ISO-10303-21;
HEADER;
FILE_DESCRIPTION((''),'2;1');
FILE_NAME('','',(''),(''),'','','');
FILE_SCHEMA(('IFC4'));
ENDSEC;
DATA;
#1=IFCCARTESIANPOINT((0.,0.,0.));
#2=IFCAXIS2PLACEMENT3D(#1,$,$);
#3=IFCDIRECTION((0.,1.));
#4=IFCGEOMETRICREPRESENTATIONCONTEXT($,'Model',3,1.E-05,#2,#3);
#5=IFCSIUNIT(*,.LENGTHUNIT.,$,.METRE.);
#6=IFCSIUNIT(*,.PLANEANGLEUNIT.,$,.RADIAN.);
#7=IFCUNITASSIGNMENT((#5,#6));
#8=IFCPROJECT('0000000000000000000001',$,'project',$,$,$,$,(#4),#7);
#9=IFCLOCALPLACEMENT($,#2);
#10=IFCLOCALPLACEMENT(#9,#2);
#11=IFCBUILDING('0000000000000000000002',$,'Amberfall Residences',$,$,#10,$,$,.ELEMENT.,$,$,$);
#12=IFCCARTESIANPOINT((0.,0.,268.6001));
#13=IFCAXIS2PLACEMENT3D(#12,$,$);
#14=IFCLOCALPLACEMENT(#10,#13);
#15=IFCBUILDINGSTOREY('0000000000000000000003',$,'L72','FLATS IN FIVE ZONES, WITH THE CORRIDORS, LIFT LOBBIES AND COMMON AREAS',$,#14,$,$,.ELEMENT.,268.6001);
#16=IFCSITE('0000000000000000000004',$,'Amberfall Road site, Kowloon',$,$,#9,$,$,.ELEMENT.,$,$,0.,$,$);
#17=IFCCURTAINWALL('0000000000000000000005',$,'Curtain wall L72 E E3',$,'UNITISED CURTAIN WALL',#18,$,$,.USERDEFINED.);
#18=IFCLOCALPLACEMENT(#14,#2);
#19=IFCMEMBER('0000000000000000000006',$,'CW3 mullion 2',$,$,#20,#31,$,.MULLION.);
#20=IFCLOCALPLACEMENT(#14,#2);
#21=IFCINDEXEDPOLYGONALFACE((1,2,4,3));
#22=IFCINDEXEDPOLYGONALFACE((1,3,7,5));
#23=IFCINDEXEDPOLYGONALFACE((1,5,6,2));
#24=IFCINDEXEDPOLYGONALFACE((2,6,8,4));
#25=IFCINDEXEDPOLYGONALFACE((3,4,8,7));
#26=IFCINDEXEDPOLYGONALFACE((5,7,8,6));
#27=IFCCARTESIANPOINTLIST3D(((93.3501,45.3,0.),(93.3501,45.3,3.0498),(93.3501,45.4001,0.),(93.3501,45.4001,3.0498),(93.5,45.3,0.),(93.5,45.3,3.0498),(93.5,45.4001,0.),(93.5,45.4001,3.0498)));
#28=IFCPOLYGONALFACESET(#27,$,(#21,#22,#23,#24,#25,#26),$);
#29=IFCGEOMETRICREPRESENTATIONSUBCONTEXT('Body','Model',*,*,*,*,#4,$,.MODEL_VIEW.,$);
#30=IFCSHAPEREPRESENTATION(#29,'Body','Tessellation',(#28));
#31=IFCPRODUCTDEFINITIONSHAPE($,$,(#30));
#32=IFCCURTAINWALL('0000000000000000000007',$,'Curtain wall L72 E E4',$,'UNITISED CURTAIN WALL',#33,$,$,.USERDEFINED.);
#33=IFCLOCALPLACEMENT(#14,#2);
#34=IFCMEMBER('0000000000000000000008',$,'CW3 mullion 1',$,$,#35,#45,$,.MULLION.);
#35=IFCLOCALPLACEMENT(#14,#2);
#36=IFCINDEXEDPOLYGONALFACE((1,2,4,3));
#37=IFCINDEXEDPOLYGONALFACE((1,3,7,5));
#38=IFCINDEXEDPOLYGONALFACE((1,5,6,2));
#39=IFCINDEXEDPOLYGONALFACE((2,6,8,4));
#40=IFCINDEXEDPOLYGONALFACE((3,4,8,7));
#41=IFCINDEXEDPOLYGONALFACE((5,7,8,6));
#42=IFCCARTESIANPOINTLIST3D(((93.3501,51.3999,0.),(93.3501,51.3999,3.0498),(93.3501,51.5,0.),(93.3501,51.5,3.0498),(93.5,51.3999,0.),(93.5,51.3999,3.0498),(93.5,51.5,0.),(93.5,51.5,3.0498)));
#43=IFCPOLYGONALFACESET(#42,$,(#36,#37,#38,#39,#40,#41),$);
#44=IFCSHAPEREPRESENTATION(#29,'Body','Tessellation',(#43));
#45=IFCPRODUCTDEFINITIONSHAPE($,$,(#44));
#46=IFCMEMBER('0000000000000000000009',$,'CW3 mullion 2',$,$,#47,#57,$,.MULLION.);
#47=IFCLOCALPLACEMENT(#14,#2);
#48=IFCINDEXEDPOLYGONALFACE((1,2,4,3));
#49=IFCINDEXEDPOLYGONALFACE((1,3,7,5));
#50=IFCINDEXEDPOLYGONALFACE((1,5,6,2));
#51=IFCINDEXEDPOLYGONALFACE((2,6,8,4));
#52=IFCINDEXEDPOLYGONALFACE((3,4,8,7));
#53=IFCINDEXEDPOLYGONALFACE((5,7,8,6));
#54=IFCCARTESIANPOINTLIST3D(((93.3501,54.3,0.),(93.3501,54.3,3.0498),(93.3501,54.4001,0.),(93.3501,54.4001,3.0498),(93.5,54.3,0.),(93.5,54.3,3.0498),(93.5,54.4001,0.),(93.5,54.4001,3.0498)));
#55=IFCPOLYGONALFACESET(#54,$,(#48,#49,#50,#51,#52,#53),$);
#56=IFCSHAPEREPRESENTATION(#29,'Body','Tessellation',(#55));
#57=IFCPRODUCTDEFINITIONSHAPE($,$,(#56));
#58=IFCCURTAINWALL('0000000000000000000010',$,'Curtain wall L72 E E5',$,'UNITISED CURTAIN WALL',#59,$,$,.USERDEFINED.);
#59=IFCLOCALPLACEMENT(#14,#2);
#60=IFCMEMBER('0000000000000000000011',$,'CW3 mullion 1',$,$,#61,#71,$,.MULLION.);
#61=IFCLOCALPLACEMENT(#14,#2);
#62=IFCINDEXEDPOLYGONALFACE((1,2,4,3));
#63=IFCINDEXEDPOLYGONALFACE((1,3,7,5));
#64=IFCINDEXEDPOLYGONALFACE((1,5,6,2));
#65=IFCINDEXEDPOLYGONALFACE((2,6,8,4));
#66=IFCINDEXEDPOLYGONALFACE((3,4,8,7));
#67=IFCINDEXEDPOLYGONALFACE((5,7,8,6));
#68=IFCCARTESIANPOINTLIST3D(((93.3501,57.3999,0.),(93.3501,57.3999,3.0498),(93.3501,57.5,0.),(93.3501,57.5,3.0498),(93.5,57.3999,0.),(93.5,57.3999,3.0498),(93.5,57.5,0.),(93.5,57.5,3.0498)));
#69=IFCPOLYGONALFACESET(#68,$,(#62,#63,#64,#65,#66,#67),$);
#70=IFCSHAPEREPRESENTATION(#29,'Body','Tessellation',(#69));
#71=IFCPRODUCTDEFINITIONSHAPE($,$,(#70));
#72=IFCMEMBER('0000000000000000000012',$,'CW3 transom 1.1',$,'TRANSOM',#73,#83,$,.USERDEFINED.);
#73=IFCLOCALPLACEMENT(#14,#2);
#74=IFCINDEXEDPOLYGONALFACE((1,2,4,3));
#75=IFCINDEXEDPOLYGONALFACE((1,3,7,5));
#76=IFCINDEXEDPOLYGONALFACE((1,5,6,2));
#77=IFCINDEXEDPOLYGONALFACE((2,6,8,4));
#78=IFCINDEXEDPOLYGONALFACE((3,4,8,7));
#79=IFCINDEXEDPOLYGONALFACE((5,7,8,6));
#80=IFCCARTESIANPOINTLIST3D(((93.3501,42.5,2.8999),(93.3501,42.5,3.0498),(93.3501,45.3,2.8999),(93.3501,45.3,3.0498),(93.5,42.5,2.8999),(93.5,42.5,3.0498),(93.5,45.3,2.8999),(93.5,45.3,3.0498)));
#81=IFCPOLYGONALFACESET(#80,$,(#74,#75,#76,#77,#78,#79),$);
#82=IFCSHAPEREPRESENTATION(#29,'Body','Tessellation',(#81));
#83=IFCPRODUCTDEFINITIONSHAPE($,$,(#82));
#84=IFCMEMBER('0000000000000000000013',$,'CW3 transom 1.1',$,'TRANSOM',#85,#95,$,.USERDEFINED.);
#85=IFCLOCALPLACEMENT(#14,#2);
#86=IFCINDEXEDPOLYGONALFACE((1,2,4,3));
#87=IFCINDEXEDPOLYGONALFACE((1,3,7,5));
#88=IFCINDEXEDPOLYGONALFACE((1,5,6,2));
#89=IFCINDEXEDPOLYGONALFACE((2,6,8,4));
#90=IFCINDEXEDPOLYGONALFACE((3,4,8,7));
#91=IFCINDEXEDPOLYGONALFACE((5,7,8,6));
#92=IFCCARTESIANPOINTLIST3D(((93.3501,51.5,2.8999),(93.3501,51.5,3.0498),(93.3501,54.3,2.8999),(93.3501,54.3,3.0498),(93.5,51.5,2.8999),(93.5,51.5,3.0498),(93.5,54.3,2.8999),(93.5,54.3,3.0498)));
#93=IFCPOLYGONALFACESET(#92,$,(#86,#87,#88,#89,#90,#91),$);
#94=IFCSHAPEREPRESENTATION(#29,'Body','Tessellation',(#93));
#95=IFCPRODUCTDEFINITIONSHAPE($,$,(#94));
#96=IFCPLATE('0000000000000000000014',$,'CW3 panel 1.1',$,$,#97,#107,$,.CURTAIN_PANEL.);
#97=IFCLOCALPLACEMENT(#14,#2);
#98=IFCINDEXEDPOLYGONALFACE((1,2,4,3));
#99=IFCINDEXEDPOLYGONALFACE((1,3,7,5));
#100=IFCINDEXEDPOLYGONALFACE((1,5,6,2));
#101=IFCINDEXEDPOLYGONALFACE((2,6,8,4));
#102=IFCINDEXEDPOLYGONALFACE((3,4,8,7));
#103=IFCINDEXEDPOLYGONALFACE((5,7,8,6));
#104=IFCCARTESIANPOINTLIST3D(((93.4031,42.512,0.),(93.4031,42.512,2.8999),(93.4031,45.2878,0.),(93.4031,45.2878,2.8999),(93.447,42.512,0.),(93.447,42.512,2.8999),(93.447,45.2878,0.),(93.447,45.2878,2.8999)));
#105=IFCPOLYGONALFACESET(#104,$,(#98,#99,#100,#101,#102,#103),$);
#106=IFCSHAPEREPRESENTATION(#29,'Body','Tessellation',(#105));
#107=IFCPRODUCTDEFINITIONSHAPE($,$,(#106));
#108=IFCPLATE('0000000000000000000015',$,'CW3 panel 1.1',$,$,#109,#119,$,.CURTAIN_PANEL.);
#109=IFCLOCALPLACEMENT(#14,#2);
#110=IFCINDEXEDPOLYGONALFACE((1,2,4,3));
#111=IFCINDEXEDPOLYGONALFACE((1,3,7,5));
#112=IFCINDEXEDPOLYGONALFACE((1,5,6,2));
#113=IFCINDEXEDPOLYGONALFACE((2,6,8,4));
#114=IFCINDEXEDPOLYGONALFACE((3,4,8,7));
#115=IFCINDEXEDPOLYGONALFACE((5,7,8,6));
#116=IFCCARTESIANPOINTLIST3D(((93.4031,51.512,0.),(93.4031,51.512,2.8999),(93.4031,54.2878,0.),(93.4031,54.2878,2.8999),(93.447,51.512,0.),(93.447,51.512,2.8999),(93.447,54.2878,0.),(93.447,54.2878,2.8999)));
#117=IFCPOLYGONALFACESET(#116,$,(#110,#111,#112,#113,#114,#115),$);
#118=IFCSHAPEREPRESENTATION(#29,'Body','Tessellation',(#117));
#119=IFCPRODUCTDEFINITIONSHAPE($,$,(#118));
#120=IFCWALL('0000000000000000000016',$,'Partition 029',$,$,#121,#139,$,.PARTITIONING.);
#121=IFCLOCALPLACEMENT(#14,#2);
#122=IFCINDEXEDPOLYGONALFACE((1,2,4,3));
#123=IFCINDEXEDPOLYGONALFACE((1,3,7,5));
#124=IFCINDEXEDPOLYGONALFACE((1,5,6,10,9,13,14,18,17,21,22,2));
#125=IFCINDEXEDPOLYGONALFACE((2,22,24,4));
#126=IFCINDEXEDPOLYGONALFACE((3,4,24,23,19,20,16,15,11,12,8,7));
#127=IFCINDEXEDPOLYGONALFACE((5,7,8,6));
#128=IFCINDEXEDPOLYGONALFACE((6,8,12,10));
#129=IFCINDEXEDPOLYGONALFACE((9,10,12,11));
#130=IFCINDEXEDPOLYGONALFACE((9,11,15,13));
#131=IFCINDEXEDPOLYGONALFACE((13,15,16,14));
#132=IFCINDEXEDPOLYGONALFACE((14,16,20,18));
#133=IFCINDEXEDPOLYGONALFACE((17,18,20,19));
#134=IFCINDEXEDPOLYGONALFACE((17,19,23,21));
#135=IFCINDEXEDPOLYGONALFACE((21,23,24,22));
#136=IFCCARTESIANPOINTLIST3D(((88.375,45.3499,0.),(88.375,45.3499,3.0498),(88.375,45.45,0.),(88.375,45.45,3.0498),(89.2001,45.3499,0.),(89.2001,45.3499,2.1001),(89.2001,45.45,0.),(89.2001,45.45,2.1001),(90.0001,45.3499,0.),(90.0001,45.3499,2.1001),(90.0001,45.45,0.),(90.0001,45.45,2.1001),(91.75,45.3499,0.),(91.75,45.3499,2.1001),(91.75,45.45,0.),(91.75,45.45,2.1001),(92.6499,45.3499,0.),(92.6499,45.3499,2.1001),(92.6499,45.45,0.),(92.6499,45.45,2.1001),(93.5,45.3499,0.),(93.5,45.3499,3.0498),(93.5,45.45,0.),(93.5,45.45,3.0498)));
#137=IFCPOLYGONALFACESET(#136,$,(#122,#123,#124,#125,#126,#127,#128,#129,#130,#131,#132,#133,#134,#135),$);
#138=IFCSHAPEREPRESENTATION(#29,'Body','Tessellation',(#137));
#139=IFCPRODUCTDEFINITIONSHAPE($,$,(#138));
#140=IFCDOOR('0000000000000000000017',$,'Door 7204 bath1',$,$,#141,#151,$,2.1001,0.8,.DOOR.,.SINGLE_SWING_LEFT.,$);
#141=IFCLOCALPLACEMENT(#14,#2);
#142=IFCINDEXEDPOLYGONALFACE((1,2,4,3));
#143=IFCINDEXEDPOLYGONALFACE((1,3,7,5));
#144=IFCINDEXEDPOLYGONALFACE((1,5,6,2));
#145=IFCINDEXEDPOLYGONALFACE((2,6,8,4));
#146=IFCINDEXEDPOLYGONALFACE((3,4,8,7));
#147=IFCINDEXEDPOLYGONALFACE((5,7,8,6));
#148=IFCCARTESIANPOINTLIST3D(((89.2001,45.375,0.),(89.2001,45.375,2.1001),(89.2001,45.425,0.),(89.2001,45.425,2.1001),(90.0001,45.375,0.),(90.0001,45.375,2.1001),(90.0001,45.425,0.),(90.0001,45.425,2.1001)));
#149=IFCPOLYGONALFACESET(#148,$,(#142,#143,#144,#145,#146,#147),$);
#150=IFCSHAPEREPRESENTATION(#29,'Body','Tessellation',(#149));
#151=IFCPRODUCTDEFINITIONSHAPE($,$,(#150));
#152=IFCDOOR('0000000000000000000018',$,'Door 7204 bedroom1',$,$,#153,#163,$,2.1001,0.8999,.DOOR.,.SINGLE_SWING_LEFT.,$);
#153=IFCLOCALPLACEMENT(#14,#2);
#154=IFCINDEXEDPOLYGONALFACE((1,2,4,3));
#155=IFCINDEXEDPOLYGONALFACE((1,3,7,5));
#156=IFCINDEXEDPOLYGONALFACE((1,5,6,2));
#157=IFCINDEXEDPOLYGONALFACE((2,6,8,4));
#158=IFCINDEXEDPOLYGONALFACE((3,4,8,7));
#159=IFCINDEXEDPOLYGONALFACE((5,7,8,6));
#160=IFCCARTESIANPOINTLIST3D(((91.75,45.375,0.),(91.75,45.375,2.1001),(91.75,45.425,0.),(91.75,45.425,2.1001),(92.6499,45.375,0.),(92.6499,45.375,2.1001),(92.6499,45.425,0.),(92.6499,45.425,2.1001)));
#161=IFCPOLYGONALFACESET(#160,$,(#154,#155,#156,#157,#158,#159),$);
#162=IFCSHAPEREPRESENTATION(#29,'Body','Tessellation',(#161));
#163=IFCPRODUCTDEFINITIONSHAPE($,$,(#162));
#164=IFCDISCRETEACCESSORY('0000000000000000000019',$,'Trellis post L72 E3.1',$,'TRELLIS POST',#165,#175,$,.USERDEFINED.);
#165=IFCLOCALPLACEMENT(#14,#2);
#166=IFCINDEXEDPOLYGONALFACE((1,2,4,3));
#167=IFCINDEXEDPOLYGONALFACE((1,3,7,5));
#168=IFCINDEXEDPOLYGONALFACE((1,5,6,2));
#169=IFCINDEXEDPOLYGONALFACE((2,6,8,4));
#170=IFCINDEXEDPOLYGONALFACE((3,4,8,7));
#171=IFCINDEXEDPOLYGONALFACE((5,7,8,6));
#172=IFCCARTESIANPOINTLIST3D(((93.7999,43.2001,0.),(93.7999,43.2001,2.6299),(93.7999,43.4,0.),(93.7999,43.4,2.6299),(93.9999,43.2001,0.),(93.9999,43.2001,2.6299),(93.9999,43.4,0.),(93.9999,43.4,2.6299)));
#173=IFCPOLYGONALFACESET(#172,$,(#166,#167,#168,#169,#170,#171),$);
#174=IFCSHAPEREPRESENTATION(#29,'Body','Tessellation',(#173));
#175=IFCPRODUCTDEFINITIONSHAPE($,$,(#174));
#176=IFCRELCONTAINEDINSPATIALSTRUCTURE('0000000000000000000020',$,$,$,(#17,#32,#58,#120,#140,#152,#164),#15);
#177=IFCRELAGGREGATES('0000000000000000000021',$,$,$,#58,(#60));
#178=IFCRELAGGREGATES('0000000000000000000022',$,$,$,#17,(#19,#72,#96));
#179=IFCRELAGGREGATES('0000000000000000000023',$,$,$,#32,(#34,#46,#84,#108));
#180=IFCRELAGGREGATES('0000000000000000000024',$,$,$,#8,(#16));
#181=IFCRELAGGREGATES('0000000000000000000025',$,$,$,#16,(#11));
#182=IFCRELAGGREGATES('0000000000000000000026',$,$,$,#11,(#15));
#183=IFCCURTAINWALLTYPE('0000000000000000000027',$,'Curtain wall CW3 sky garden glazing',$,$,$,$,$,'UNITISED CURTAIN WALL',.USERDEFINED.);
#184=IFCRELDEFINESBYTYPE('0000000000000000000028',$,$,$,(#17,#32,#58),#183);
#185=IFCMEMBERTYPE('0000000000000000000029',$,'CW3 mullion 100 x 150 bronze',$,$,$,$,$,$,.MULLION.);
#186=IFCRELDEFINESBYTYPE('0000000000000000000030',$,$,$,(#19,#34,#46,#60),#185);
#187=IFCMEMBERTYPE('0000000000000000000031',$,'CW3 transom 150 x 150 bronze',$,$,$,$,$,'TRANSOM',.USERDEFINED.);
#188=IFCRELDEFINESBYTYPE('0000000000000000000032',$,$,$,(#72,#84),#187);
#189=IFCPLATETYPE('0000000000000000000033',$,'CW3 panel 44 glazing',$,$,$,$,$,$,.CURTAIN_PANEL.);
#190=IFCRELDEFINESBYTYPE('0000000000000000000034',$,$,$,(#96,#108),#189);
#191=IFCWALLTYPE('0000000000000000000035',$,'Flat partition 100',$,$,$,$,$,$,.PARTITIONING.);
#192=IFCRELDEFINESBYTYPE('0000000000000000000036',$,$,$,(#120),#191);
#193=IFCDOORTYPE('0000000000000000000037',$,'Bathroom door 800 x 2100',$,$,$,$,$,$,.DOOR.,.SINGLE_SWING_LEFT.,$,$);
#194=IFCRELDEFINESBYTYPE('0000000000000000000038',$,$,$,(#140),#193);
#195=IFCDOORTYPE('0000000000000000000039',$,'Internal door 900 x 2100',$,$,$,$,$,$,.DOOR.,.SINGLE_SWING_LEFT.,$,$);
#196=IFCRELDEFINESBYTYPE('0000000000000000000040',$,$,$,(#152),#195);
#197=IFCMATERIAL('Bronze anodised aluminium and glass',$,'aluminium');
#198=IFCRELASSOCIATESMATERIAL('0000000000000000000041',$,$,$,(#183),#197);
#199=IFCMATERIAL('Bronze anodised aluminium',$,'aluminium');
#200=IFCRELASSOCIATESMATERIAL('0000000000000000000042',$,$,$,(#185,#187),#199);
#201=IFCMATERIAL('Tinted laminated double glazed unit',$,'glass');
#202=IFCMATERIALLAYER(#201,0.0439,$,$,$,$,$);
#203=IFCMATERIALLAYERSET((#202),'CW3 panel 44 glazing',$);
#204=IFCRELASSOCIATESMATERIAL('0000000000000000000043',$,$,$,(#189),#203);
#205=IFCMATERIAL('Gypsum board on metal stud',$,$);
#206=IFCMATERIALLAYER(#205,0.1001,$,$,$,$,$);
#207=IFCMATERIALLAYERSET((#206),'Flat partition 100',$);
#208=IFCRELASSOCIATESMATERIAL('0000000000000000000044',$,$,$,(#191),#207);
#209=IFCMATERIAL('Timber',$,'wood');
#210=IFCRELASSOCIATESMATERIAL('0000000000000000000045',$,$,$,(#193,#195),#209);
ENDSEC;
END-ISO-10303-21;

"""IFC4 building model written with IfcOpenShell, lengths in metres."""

from ifc_helpers import new_model, si_unit, direction, frame, frame_2d, origin, origin_2d, place, context, subcontext, project, spatial, rectangle, extrude, material, layer, layer_set, material_profile, profile_set, type_object, element, fill, aggregate, save


model = new_model("IFC4")

# Units and contexts
model_context = context("Model", 3, precision=1e-05, world=origin(), true_north=direction((0.0, 1.0)))
body_context = subcontext(model_context, "Body", "Model", "MODEL_VIEW")
ifc_project = project(units=[si_unit("LENGTHUNIT", "METRE"), si_unit("PLANEANGLEUNIT", "RADIAN")], contexts=[model_context])

# Site, building, storey
site_placement = place(None, origin())
site = spatial("IfcSite", under=ifc_project, at=site_placement, Name="Amberfall Road site, Kowloon", CompositionType="ELEMENT", RefElevation=0.0)
building_placement = place(site_placement, origin())
building = spatial("IfcBuilding", under=site, at=building_placement, Name="Amberfall Residences", CompositionType="ELEMENT")
storey_placement = place(building_placement, frame((0.0, 0.0, 268.6001)))
storey = spatial("IfcBuildingStorey", under=building, at=storey_placement, Name="L72", Description="FLATS IN FIVE ZONES, WITH THE CORRIDORS, LIFT LOBBIES AND COMMON AREAS", CompositionType="ELEMENT", Elevation=268.6001)

# Curtain wall, member
ifc_material_1 = material(Name="Bronze anodised aluminium and glass", Category="aluminium")
curtain_wall_type = type_object("IfcCurtainWallType", Name="Curtain wall CW3 sky garden glazing", ElementType="UNITISED CURTAIN WALL", PredefinedType="USERDEFINED", material=ifc_material_1)
curtain_wall_1_placement = place(storey_placement, origin())
curtain_wall_1 = element("IfcCurtainWall", 1, at=curtain_wall_1_placement, inside=storey, type_object=curtain_wall_type, Name="Curtain wall L72 E E3", ObjectType="UNITISED CURTAIN WALL", PredefinedType="USERDEFINED")
ifc_material_2 = material(Name="Bronze anodised aluminium", Category="aluminium")
ifc_material_profile_1 = material_profile(ifc_material_2, rectangle(XDim=0.1499, YDim=0.1001, at=origin_2d()), Name="CW3 mullion 100 x 150 bronze")
ifc_profile_set_1 = profile_set([ifc_material_profile_1], Name="Bronze anodised aluminium")
member_type_1 = type_object("IfcMemberType", Name="CW3 mullion 100 x 150 bronze", PredefinedType="MULLION", material=ifc_profile_set_1)
member_1_placement = place(storey_placement, frame((93.425, 45.3501, 0.0), z_axis=(0.0, 0.0, 1.0), x_axis=(-1.0, 0.0, 0.0)))
member_1 = element("IfcMember", 2, at=member_1_placement, type_object=member_type_1, Name="CW3 mullion 2", PredefinedType="MULLION", context=body_context, shape_type="SweptSolid", body=[
    extrude(rectangle(XDim=0.1499, YDim=0.1001, at=origin_2d()), origin(), (0.0, 0.0, 1.0), 3.0498),
])

# Curtain wall, members
curtain_wall_2_placement = place(storey_placement, origin())
curtain_wall_2 = element("IfcCurtainWall", 3, at=curtain_wall_2_placement, inside=storey, type_object=curtain_wall_type, Name="Curtain wall L72 E E4", ObjectType="UNITISED CURTAIN WALL", PredefinedType="USERDEFINED")
member_2_placement = place(storey_placement, frame((93.425, 51.45, 0.0), z_axis=(0.0, 0.0, 1.0), x_axis=(-1.0, 0.0, 0.0)))
member_2 = element("IfcMember", 4, at=member_2_placement, type_object=member_type_1, Name="CW3 mullion 1", PredefinedType="MULLION", context=body_context, shape_type="SweptSolid", body=[
    extrude(rectangle(XDim=0.1499, YDim=0.1001, at=origin_2d()), origin(), (0.0, 0.0, 1.0), 3.0498),
])
member_3_placement = place(storey_placement, frame((93.425, 54.3501, 0.0), z_axis=(0.0, 0.0, 1.0), x_axis=(-1.0, 0.0, 0.0)))
member_3 = element("IfcMember", 5, at=member_3_placement, type_object=member_type_1, Name="CW3 mullion 2", PredefinedType="MULLION", context=body_context, shape_type="SweptSolid", body=[
    extrude(rectangle(XDim=0.1499, YDim=0.1001, at=origin_2d()), origin(), (0.0, 0.0, 1.0), 3.0498),
])

# Curtain wall, member
curtain_wall_3_placement = place(storey_placement, origin())
curtain_wall_3 = element("IfcCurtainWall", 6, at=curtain_wall_3_placement, inside=storey, type_object=curtain_wall_type, Name="Curtain wall L72 E E5", ObjectType="UNITISED CURTAIN WALL", PredefinedType="USERDEFINED")
member_4_placement = place(storey_placement, frame((93.425, 57.45, 0.0), z_axis=(0.0, 0.0, 1.0), x_axis=(-1.0, 0.0, 0.0)))
member_4 = element("IfcMember", 7, at=member_4_placement, type_object=member_type_1, Name="CW3 mullion 1", PredefinedType="MULLION", context=body_context, shape_type="SweptSolid", body=[
    extrude(rectangle(XDim=0.1499, YDim=0.1001, at=origin_2d()), origin(), (0.0, 0.0, 1.0), 3.0498),
])
aggregate(curtain_wall_3, [member_4])

# Members
ifc_material_profile_2 = material_profile(ifc_material_2, rectangle(XDim=0.1499, YDim=0.1499, at=origin_2d()), Name="CW3 transom 150 x 150 bronze")
ifc_profile_set_2 = profile_set([ifc_material_profile_2], Name="Bronze anodised aluminium")
member_type_2 = type_object("IfcMemberType", Name="CW3 transom 150 x 150 bronze", ElementType="TRANSOM", PredefinedType="USERDEFINED", material=ifc_profile_set_2)
member_5_placement = place(storey_placement, frame((93.425, 42.5, 2.9749), z_axis=(0.0, 1.0, 0.0), x_axis=(-1.0, 0.0, 0.0)))
member_5 = element("IfcMember", 8, at=member_5_placement, type_object=member_type_2, Name="CW3 transom 1.1", ObjectType="TRANSOM", PredefinedType="USERDEFINED", context=body_context, shape_type="SweptSolid", body=[
    extrude(rectangle(XDim=0.1499, YDim=0.1499, at=origin_2d()), origin(), (0.0, 0.0, 1.0), 2.8),
])
member_6_placement = place(storey_placement, frame((93.425, 51.5, 2.9749), z_axis=(0.0, 1.0, 0.0), x_axis=(-1.0, 0.0, 0.0)))
member_6 = element("IfcMember", 9, at=member_6_placement, type_object=member_type_2, Name="CW3 transom 1.1", ObjectType="TRANSOM", PredefinedType="USERDEFINED", context=body_context, shape_type="SweptSolid", body=[
    extrude(rectangle(XDim=0.1499, YDim=0.1499, at=origin_2d()), origin(), (0.0, 0.0, 1.0), 2.8),
])

# Plates
ifc_material_3 = material(Name="Tinted laminated double glazed unit", Category="glass")
ifc_layer_1 = layer(ifc_material_3, 0.0439)
ifc_layer_set_1 = layer_set([ifc_layer_1], Name="CW3 panel 44 glazing")
plate_type = type_object("IfcPlateType", Name="CW3 panel 44 glazing", PredefinedType="CURTAIN_PANEL", material=ifc_layer_set_1)
plate_1_placement = place(storey_placement, frame((93.425, 43.8999, 0.0), z_axis=(0.0, 0.0, 1.0), x_axis=(0.0, 1.0, 0.0)))
plate_1 = element("IfcPlate", 10, at=plate_1_placement, type_object=plate_type, Name="CW3 panel 1.1", PredefinedType="CURTAIN_PANEL", context=body_context, shape_type="SweptSolid", body=[
    extrude(rectangle(XDim=2.7759, YDim=0.0439, at=origin_2d()), origin(), (0.0, 0.0, 1.0), 2.8999),
])
aggregate(curtain_wall_1, [member_1, member_5, plate_1])
plate_2_placement = place(storey_placement, frame((93.425, 52.8999, 0.0), z_axis=(0.0, 0.0, 1.0), x_axis=(0.0, 1.0, 0.0)))
plate_2 = element("IfcPlate", 11, at=plate_2_placement, type_object=plate_type, Name="CW3 panel 1.1", PredefinedType="CURTAIN_PANEL", context=body_context, shape_type="SweptSolid", body=[
    extrude(rectangle(XDim=2.7759, YDim=0.0439, at=origin_2d()), origin(), (0.0, 0.0, 1.0), 2.8999),
])
aggregate(curtain_wall_2, [member_2, member_3, member_6, plate_2])

# Wall, openings, doors
ifc_material_4 = material(Name="Gypsum board on metal stud")
ifc_layer_2 = layer(ifc_material_4, 0.1001)
ifc_layer_set_2 = layer_set([ifc_layer_2], Name="Flat partition 100")
wall_type_1 = type_object("IfcWallType", Name="Flat partition 100", PredefinedType="PARTITIONING", material=ifc_layer_set_2)
wall_1_placement = place(storey_placement, frame((93.5, 45.3999, 0.0), z_axis=(0.0, 0.0, 1.0), x_axis=(-1.0, 0.0, 0.0)))
wall_1 = element("IfcWall", 12, at=wall_1_placement, inside=storey, type_object=wall_type_1, Name="Partition 029", PredefinedType="PARTITIONING", context=body_context, shape_type="SweptSolid", body=[
    extrude(rectangle(XDim=5.125, YDim=0.1001, at=frame_2d((2.5625, 0.0))), origin(), (0.0, 0.0, 1.0), 3.0498),
])
opening_1_placement = place(wall_1_placement, frame((0.8501, 0.0, 0.0)))
opening_1 = element("IfcOpeningElement", 13, at=opening_1_placement, cuts=wall_1, PredefinedType="OPENING", context=body_context, shape_type="SweptSolid", body=[
    extrude(rectangle(XDim=0.8999, YDim=2.1001, at=frame_2d((0.45, 1.05))), frame((0.0, 0.0601, 0.0), z_axis=(0.0, -1.0, 0.0), x_axis=(1.0, 0.0, 0.0)), (0.0, 0.0, 1.0), 0.1201),
])
opening_2_placement = place(wall_1_placement, frame((3.5, 0.0, 0.0)))
opening_2 = element("IfcOpeningElement", 14, at=opening_2_placement, cuts=wall_1, PredefinedType="OPENING", context=body_context, shape_type="SweptSolid", body=[
    extrude(rectangle(XDim=0.8, YDim=2.1001, at=frame_2d((0.3999, 1.05))), frame((0.0, 0.0601, 0.0), z_axis=(0.0, -1.0, 0.0), x_axis=(1.0, 0.0, 0.0)), (0.0, 0.0, 1.0), 0.1201),
])
ifc_material_5 = material(Name="Timber", Category="wood")
door_type_1 = type_object("IfcDoorType", Name="Bathroom door 800 x 2100", OperationType="SINGLE_SWING_LEFT", PredefinedType="DOOR", material=ifc_material_5)
door_1_placement = place(opening_2_placement, origin())
door_1 = element("IfcDoor", 15, at=door_1_placement, inside=storey, type_object=door_type_1, Name="Door 7204 bath1", OperationType="SINGLE_SWING_LEFT", OverallHeight=2.1001, OverallWidth=0.8, PredefinedType="DOOR", context=body_context, shape_type="SweptSolid", body=[
    extrude(rectangle(XDim=0.8, YDim=2.1001, at=frame_2d((0.3999, 1.05))), frame((0.0, 0.0249, 0.0), z_axis=(0.0, -1.0, 0.0), x_axis=(1.0, 0.0, 0.0)), (0.0, 0.0, 1.0), 0.05),
])
fill(opening_2, door_1)
door_type_2 = type_object("IfcDoorType", Name="Internal door 900 x 2100", OperationType="SINGLE_SWING_LEFT", PredefinedType="DOOR", material=ifc_material_5)
door_2_placement = place(opening_1_placement, origin())
door_2 = element("IfcDoor", 16, at=door_2_placement, inside=storey, type_object=door_type_2, Name="Door 7204 bedroom1", OperationType="SINGLE_SWING_LEFT", OverallHeight=2.1001, OverallWidth=0.8999, PredefinedType="DOOR", context=body_context, shape_type="SweptSolid", body=[
    extrude(rectangle(XDim=0.8999, YDim=2.1001, at=frame_2d((0.45, 1.05))), frame((0.0, 0.0249, 0.0), z_axis=(0.0, -1.0, 0.0), x_axis=(1.0, 0.0, 0.0)), (0.0, 0.0, 1.0), 0.05),
])
fill(opening_1, door_2)

# Discrete accessory
discrete_accessory_placement = place(storey_placement, frame((93.8999, 43.3, 0.0), z_axis=(0.0, 0.0, 1.0), x_axis=(1.0, 0.0, 0.0)))
element("IfcDiscreteAccessory", 17, at=discrete_accessory_placement, inside=storey, Name="Trellis post L72 E3.1", ObjectType="TRELLIS POST", PredefinedType="USERDEFINED", context=body_context, shape_type="SweptSolid", body=[
    extrude(rectangle(XDim=0.2, YDim=0.2, at=origin_2d()), origin(), (0.0, 0.0, 1.0), 2.6299),
])

save(model, "model.ifc")
